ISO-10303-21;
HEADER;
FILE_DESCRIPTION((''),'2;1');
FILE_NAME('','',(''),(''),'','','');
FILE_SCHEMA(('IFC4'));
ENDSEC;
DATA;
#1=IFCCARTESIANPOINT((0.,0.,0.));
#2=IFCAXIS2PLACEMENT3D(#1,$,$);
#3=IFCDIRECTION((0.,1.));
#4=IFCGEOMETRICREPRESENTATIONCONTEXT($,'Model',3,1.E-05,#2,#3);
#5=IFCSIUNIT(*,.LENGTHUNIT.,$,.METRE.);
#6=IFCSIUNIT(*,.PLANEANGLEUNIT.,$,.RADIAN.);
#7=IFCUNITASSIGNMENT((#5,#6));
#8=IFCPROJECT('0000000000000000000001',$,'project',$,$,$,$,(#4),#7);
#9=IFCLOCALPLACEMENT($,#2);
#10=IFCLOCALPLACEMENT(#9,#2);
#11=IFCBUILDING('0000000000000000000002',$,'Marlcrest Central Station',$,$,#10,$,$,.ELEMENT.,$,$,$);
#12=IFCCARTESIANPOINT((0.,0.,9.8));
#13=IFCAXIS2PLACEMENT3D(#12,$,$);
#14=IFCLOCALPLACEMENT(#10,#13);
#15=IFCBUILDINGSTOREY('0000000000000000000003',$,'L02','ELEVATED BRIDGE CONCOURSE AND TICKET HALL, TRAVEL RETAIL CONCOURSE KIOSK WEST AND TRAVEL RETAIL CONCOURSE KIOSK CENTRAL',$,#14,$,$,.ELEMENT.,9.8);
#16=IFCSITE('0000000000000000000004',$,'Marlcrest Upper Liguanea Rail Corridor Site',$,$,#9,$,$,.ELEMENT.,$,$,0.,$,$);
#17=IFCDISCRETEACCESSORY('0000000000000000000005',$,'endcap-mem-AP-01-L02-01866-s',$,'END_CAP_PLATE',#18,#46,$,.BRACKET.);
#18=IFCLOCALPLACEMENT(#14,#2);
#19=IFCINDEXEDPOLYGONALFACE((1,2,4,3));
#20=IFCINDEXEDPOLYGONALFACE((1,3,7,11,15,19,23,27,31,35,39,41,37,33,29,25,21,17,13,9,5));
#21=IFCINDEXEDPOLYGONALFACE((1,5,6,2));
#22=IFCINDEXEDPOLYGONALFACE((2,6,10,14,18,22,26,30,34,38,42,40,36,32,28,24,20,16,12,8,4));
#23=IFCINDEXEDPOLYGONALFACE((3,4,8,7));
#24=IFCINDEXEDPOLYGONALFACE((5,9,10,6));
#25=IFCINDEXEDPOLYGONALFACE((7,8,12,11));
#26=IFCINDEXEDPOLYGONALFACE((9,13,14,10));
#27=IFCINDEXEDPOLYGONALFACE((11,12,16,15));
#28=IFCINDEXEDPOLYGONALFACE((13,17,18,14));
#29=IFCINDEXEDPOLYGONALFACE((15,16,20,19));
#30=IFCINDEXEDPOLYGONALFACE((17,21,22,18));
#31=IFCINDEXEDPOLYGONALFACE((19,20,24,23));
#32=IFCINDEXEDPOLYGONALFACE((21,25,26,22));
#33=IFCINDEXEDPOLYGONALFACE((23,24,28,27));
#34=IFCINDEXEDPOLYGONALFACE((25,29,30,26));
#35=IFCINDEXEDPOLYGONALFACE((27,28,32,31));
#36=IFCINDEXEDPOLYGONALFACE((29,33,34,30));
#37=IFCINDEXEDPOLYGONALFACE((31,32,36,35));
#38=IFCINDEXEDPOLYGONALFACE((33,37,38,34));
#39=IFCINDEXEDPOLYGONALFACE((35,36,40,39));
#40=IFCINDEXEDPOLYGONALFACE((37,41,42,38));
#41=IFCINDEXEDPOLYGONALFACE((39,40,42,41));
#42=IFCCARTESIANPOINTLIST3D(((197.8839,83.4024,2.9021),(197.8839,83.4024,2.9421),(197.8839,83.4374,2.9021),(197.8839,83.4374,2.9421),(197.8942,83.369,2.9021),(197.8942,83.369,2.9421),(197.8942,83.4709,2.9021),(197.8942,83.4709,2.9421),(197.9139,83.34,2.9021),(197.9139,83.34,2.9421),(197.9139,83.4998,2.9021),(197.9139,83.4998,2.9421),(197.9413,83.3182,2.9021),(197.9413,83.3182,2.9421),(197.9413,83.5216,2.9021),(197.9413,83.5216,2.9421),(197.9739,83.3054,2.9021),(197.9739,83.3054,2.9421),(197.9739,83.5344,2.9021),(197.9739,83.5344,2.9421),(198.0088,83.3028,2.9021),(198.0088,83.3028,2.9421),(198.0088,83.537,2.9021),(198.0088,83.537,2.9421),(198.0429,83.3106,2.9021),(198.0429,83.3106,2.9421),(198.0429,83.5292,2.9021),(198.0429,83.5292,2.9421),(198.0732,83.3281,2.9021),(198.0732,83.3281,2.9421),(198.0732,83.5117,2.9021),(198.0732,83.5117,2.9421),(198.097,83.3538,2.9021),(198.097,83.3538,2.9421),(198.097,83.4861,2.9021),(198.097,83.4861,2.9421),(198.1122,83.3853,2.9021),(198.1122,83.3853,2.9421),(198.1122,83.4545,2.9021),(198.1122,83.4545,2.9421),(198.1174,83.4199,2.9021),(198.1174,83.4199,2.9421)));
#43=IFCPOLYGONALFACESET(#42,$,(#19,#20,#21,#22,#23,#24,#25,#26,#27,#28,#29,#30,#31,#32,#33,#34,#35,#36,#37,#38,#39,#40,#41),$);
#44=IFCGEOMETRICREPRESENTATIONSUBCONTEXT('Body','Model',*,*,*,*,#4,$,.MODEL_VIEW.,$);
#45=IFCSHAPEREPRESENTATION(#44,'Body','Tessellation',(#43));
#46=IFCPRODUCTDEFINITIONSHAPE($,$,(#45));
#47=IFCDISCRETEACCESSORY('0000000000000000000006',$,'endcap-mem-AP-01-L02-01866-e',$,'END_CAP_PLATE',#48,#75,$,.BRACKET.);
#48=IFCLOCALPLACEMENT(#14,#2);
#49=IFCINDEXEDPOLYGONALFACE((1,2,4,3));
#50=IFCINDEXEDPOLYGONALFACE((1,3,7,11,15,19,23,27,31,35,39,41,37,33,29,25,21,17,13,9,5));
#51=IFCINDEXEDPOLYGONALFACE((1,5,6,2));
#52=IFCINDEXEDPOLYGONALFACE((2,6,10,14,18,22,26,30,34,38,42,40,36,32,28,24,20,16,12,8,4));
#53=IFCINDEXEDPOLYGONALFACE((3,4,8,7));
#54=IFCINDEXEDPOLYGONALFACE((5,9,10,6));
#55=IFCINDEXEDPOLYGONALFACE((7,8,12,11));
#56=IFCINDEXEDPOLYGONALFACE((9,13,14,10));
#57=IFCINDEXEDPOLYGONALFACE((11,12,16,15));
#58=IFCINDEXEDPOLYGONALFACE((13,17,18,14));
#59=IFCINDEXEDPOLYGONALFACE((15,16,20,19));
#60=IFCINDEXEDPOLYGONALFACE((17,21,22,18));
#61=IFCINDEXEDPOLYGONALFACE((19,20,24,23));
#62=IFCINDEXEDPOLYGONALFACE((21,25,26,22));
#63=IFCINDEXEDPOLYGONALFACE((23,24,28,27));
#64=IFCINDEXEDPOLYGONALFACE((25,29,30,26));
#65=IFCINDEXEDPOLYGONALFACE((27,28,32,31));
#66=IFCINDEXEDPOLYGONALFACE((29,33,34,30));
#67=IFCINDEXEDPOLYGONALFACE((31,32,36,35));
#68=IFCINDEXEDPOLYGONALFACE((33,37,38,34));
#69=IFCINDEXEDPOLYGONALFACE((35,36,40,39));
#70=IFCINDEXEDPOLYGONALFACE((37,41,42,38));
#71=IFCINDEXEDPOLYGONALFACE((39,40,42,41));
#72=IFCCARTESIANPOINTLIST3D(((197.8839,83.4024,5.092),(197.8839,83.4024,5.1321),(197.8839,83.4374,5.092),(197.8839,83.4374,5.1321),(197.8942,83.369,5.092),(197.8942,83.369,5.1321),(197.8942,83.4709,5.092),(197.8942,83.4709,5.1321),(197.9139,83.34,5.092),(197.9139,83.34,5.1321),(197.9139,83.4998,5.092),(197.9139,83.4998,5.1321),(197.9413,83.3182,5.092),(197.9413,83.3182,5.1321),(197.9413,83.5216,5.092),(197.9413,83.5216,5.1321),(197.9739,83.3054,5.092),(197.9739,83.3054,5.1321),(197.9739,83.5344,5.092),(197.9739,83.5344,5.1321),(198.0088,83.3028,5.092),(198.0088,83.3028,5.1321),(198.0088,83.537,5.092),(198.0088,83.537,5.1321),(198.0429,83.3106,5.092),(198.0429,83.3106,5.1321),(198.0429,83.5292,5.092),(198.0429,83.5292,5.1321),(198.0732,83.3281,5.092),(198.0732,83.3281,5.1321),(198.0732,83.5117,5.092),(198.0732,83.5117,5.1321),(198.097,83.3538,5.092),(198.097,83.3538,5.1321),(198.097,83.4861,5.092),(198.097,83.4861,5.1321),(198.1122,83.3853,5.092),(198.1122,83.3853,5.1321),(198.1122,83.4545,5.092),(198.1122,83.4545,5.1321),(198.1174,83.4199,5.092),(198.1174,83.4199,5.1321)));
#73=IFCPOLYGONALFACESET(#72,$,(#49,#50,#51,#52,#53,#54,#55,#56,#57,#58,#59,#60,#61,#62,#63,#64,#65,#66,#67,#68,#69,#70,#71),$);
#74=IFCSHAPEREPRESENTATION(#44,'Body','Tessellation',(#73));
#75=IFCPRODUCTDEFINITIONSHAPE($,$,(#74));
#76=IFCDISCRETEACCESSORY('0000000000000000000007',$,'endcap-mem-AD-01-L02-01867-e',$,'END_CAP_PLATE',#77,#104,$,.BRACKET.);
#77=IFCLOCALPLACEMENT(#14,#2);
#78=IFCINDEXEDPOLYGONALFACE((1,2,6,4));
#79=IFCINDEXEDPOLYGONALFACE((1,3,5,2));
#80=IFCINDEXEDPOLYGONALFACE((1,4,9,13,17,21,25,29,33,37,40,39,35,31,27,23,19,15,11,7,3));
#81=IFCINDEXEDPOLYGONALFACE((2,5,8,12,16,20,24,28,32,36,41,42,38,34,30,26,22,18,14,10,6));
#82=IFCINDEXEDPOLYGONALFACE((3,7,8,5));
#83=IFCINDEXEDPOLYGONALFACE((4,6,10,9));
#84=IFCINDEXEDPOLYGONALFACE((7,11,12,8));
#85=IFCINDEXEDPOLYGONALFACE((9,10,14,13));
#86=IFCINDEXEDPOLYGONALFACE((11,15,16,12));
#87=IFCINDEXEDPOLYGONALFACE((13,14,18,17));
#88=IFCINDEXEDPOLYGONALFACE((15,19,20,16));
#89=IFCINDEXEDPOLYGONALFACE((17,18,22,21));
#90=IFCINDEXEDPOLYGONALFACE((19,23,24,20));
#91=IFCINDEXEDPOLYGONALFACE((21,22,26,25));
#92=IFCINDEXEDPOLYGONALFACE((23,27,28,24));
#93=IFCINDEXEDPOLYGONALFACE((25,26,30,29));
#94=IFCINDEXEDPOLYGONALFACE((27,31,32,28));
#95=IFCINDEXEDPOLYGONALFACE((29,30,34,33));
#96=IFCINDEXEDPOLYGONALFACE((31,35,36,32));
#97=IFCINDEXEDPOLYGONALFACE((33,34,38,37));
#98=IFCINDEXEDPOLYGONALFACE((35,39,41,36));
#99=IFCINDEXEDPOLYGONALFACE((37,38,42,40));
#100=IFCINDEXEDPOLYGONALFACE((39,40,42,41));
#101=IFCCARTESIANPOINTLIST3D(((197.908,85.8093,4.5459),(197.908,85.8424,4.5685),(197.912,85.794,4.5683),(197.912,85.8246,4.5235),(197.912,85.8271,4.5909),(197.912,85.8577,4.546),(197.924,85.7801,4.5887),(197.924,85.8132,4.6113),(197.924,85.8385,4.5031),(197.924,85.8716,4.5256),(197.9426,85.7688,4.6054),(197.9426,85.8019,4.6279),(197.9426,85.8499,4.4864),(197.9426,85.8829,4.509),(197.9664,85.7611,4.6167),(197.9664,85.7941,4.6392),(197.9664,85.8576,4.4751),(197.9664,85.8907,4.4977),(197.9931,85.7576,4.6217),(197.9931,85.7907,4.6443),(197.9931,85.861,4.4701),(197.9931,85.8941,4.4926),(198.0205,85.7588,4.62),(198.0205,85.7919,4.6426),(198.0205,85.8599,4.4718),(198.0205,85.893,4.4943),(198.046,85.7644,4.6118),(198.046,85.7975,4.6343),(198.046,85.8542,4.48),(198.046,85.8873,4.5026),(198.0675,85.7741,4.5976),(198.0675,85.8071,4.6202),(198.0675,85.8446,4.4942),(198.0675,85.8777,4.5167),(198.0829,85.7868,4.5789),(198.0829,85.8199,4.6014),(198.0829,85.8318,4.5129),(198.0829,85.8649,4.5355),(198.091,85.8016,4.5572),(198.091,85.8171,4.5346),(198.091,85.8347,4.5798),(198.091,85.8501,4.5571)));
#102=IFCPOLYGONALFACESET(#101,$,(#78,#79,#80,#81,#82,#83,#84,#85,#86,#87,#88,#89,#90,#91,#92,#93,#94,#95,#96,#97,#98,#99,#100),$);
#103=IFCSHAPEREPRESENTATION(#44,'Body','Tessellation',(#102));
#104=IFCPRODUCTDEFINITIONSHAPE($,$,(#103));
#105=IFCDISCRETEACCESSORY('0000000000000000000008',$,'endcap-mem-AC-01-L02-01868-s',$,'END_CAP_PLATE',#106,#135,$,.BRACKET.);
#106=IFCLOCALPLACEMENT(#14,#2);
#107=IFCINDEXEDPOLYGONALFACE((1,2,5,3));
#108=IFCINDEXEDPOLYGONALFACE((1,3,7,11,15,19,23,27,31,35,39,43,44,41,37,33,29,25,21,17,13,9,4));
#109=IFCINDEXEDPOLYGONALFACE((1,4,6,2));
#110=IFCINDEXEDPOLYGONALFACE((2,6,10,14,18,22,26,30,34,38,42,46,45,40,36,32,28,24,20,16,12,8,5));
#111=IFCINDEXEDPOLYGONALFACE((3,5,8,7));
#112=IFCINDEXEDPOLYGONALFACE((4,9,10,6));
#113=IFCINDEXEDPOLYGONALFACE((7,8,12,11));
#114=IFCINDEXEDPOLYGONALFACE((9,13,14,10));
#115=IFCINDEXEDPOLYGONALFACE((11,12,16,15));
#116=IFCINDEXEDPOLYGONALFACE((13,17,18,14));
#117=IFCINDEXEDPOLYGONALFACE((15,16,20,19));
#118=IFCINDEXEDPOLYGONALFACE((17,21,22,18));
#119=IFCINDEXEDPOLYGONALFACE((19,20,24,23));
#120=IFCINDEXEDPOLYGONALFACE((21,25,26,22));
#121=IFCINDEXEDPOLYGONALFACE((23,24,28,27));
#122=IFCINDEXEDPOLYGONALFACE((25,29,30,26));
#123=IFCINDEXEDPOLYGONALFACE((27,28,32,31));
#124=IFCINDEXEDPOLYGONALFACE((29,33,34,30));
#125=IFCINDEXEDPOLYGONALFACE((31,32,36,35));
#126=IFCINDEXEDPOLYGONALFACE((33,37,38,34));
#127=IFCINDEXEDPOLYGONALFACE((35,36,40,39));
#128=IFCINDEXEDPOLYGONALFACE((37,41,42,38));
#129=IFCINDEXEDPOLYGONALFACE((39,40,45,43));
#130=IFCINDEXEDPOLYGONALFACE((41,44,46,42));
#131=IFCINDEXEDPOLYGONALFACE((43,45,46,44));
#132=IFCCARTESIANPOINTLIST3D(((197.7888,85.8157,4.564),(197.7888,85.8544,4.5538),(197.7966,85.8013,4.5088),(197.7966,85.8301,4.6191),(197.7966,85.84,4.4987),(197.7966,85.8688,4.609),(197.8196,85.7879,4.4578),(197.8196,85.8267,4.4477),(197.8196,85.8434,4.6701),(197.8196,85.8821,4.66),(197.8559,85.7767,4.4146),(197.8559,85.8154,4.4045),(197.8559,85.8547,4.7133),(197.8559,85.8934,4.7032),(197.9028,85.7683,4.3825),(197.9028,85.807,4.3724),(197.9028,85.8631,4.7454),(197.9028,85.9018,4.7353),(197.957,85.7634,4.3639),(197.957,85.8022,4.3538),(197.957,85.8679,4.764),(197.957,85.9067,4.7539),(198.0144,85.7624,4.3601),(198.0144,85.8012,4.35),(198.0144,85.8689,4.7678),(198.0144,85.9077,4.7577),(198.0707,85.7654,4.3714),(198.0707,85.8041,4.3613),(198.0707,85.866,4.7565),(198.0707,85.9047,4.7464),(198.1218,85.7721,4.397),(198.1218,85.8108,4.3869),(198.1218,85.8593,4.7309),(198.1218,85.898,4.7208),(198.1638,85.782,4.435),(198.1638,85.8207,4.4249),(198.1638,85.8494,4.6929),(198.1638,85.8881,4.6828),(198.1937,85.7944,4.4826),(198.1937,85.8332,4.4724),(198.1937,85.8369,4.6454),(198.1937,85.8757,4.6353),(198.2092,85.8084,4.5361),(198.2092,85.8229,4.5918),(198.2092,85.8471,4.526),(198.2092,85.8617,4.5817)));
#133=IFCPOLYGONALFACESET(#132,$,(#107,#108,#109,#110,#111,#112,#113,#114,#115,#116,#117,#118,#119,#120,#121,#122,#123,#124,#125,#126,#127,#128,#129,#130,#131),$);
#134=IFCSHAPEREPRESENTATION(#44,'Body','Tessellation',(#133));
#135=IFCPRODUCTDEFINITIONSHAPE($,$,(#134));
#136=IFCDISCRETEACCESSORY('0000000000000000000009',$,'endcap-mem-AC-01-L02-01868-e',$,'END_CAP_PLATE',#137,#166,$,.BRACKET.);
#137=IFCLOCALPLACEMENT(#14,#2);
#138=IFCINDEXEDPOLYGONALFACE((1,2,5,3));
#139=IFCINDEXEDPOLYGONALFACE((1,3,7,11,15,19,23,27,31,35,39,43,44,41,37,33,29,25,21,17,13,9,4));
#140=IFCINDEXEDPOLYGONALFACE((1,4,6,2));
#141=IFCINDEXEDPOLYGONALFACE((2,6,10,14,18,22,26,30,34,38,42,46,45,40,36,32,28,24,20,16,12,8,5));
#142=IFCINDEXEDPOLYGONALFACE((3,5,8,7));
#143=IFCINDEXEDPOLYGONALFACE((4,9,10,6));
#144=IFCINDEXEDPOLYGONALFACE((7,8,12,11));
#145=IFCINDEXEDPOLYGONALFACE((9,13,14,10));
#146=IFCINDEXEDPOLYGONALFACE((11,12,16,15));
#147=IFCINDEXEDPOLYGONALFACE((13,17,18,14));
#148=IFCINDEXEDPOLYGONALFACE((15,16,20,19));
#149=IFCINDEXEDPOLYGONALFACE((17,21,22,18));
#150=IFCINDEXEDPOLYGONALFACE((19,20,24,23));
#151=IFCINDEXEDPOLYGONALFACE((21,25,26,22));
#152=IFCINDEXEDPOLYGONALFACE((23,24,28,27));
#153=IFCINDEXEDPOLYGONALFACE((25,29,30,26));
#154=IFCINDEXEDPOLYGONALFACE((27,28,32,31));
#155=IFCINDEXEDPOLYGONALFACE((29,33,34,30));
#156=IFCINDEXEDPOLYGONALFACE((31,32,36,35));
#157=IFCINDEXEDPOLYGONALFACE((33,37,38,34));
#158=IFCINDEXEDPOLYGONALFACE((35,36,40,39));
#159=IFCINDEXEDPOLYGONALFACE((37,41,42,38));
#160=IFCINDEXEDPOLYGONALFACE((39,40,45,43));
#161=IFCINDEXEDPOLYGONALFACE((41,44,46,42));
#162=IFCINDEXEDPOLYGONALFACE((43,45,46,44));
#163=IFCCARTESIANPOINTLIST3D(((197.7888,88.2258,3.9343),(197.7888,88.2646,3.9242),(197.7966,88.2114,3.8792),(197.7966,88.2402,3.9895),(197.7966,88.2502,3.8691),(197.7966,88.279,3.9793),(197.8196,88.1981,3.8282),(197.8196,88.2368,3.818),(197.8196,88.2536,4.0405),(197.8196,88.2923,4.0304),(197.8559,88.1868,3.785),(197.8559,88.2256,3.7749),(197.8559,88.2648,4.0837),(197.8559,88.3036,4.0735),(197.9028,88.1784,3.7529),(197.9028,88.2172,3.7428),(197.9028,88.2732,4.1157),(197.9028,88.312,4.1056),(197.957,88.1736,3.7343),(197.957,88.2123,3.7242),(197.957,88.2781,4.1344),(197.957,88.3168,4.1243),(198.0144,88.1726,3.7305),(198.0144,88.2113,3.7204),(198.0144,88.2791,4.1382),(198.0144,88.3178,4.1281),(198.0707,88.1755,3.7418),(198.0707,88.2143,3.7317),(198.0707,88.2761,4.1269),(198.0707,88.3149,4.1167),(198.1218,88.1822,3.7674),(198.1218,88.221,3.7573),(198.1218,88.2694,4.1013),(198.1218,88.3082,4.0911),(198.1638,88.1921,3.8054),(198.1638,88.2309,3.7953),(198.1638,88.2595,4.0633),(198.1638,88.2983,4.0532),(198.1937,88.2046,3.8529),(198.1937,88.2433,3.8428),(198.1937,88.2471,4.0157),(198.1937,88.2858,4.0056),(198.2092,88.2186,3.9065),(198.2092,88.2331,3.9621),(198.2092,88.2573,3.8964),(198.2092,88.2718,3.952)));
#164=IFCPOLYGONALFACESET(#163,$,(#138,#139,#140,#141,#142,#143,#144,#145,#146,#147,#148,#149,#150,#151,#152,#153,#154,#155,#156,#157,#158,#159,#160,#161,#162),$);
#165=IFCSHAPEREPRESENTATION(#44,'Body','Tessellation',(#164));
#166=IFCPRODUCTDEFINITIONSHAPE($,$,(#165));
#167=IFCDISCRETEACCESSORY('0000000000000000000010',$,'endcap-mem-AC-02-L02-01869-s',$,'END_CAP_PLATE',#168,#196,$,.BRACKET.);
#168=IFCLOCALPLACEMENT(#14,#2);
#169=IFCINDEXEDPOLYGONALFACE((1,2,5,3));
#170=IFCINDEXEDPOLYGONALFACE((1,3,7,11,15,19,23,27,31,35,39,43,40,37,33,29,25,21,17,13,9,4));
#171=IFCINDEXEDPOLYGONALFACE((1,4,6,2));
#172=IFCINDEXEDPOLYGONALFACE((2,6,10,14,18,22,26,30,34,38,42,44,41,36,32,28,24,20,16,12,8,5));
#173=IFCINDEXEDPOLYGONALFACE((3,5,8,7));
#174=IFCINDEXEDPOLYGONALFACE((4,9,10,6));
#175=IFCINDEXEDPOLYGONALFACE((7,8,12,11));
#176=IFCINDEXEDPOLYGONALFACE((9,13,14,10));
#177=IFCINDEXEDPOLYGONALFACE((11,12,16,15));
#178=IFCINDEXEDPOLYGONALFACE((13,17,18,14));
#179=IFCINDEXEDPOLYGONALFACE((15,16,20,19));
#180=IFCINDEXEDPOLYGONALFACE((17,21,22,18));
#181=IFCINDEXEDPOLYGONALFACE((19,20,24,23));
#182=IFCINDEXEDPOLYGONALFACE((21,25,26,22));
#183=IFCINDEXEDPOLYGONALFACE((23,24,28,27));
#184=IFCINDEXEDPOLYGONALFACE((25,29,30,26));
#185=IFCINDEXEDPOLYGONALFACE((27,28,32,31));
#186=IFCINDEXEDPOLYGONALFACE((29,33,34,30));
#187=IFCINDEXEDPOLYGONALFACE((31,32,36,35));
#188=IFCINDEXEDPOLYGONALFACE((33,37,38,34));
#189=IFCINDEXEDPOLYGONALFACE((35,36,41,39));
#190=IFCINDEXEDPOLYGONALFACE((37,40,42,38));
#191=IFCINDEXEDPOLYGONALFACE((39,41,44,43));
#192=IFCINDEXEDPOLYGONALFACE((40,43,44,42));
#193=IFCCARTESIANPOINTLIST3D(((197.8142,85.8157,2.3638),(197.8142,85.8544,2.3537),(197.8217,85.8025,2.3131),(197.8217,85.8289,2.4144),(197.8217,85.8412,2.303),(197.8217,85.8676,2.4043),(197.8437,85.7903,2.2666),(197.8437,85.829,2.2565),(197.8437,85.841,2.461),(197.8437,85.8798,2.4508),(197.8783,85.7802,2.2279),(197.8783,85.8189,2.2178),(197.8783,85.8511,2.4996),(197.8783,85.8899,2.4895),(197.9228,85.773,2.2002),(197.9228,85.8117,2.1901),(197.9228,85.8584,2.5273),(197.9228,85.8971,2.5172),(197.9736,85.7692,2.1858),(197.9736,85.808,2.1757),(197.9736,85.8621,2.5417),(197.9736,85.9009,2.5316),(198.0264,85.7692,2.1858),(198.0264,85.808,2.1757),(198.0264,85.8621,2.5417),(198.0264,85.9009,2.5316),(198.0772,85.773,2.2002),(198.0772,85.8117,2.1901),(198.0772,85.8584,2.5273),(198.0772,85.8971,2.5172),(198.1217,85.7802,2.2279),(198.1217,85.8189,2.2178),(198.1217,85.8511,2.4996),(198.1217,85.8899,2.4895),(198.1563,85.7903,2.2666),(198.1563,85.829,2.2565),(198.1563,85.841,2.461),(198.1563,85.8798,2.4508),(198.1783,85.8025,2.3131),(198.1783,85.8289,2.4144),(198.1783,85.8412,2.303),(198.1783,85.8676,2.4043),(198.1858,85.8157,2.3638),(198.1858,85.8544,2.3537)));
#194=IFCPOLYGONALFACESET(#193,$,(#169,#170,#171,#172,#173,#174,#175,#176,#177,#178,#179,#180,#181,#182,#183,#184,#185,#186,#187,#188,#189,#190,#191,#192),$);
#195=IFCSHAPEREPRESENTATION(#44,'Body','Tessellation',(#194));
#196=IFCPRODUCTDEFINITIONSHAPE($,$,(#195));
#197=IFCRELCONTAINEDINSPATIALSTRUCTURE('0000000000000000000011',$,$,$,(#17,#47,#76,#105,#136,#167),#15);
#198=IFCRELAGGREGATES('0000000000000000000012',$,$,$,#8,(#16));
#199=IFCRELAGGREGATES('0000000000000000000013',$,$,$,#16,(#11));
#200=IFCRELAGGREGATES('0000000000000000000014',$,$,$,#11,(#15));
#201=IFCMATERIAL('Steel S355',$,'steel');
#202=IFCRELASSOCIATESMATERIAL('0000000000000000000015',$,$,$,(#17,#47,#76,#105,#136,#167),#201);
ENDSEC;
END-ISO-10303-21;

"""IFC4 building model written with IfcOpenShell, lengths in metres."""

from ifc_helpers import new_model, si_unit, direction, frame, origin, origin_2d, place, context, subcontext, project, spatial, circle, extrude, material, element, save


model = new_model("IFC4")

# Units and contexts
model_context = context("Model", 3, precision=1e-05, world=origin(), true_north=direction((0.0, 1.0)))
body_context = subcontext(model_context, "Body", "Model", "MODEL_VIEW")
ifc_project = project(units=[si_unit("LENGTHUNIT", "METRE"), si_unit("PLANEANGLEUNIT", "RADIAN")], contexts=[model_context])

# Site, building, storey
site_placement = place(None, origin())
site = spatial("IfcSite", under=ifc_project, at=site_placement, Name="Marlcrest Upper Liguanea Rail Corridor Site", CompositionType="ELEMENT", RefElevation=0.0)
building_placement = place(site_placement, origin())
building = spatial("IfcBuilding", under=site, at=building_placement, Name="Marlcrest Central Station", CompositionType="ELEMENT")
storey_placement = place(building_placement, frame((0.0, 0.0, 9.8)))
storey = spatial("IfcBuildingStorey", under=building, at=storey_placement, Name="L02", Description="ELEVATED BRIDGE CONCOURSE AND TICKET HALL, TRAVEL RETAIL CONCOURSE KIOSK WEST AND TRAVEL RETAIL CONCOURSE KIOSK CENTRAL", CompositionType="ELEMENT", Elevation=9.8)

# Shared definitions
ifc_material_1 = material(Name="Steel S355", Category="steel")

# Discrete accessories
for number, where, z_axis, x_axis, name in (
    (1, (198.0, 83.4199, 2.9021), (0.0, 0.0, 1.0), (1.0, 0.0, 0.0), "endcap-mem-AP-01-L02-01866-s"),
    (2, (198.0, 83.4199, 5.092), (0.0, 0.0, 1.0), (1.0, 0.0, 0.0), "endcap-mem-AP-01-L02-01866-e"),
):
    element("IfcDiscreteAccessory", number, at=place(storey_placement, frame(where, z_axis=z_axis, x_axis=x_axis)), inside=storey, material=ifc_material_1, Name=name, ObjectType="END_CAP_PLATE", PredefinedType="BRACKET", context=body_context, shape_type="SweptSolid", body=[
        extrude(circle(Radius=0.1174, at=origin_2d()), origin(), (0.0, 0.0, 1.0), 0.04),
    ])
discrete_accessory_1_placement = place(storey_placement, frame((198.0, 85.8093, 4.5459), z_axis=(0.0, 0.826263, 0.563285), x_axis=(-1.0, 0.0, 0.0)))
element("IfcDiscreteAccessory", 3, at=discrete_accessory_1_placement, inside=storey, material=ifc_material_1, Name="endcap-mem-AD-01-L02-01867-e", ObjectType="END_CAP_PLATE", PredefinedType="BRACKET", context=body_context, shape_type="SweptSolid", body=[
    extrude(circle(Radius=0.092, at=origin_2d()), origin(), (0.0, 0.0, 1.0), 0.04),
])
for number, where, z_axis, x_axis, name in (
    (4, (198.0, 85.8157, 4.564), (0.0, 0.967539, -0.25272), (-1.0, 0.0, 0.0), "endcap-mem-AC-01-L02-01868-s"),
    (5, (198.0, 88.2258, 3.9343), (0.0, 0.967539, -0.25272), (-1.0, 0.0, 0.0), "endcap-mem-AC-01-L02-01868-e"),
):
    element("IfcDiscreteAccessory", number, at=place(storey_placement, frame(where, z_axis=z_axis, x_axis=x_axis)), inside=storey, material=ifc_material_1, Name=name, ObjectType="END_CAP_PLATE", PredefinedType="BRACKET", context=body_context, shape_type="SweptSolid", body=[
        extrude(circle(Radius=0.2112, at=origin_2d()), origin(), (0.0, 0.0, 1.0), 0.04),
    ])
for number, where, z_axis, x_axis, name in (
    (6, (198.0, 85.8157, 2.3638), (0.0, 0.967563, -0.252629), (-1.0, 0.0, 0.0), "endcap-mem-AC-02-L02-01869-s"),
):
    element("IfcDiscreteAccessory", number, at=place(storey_placement, frame(where, z_axis=z_axis, x_axis=x_axis)), inside=storey, material=ifc_material_1, Name=name, ObjectType="END_CAP_PLATE", PredefinedType="BRACKET", context=body_context, shape_type="SweptSolid", body=[
        extrude(circle(Radius=0.1858, at=origin_2d()), origin(), (0.0, 0.0, 1.0), 0.04),
    ])

save(model, "model.ifc")
